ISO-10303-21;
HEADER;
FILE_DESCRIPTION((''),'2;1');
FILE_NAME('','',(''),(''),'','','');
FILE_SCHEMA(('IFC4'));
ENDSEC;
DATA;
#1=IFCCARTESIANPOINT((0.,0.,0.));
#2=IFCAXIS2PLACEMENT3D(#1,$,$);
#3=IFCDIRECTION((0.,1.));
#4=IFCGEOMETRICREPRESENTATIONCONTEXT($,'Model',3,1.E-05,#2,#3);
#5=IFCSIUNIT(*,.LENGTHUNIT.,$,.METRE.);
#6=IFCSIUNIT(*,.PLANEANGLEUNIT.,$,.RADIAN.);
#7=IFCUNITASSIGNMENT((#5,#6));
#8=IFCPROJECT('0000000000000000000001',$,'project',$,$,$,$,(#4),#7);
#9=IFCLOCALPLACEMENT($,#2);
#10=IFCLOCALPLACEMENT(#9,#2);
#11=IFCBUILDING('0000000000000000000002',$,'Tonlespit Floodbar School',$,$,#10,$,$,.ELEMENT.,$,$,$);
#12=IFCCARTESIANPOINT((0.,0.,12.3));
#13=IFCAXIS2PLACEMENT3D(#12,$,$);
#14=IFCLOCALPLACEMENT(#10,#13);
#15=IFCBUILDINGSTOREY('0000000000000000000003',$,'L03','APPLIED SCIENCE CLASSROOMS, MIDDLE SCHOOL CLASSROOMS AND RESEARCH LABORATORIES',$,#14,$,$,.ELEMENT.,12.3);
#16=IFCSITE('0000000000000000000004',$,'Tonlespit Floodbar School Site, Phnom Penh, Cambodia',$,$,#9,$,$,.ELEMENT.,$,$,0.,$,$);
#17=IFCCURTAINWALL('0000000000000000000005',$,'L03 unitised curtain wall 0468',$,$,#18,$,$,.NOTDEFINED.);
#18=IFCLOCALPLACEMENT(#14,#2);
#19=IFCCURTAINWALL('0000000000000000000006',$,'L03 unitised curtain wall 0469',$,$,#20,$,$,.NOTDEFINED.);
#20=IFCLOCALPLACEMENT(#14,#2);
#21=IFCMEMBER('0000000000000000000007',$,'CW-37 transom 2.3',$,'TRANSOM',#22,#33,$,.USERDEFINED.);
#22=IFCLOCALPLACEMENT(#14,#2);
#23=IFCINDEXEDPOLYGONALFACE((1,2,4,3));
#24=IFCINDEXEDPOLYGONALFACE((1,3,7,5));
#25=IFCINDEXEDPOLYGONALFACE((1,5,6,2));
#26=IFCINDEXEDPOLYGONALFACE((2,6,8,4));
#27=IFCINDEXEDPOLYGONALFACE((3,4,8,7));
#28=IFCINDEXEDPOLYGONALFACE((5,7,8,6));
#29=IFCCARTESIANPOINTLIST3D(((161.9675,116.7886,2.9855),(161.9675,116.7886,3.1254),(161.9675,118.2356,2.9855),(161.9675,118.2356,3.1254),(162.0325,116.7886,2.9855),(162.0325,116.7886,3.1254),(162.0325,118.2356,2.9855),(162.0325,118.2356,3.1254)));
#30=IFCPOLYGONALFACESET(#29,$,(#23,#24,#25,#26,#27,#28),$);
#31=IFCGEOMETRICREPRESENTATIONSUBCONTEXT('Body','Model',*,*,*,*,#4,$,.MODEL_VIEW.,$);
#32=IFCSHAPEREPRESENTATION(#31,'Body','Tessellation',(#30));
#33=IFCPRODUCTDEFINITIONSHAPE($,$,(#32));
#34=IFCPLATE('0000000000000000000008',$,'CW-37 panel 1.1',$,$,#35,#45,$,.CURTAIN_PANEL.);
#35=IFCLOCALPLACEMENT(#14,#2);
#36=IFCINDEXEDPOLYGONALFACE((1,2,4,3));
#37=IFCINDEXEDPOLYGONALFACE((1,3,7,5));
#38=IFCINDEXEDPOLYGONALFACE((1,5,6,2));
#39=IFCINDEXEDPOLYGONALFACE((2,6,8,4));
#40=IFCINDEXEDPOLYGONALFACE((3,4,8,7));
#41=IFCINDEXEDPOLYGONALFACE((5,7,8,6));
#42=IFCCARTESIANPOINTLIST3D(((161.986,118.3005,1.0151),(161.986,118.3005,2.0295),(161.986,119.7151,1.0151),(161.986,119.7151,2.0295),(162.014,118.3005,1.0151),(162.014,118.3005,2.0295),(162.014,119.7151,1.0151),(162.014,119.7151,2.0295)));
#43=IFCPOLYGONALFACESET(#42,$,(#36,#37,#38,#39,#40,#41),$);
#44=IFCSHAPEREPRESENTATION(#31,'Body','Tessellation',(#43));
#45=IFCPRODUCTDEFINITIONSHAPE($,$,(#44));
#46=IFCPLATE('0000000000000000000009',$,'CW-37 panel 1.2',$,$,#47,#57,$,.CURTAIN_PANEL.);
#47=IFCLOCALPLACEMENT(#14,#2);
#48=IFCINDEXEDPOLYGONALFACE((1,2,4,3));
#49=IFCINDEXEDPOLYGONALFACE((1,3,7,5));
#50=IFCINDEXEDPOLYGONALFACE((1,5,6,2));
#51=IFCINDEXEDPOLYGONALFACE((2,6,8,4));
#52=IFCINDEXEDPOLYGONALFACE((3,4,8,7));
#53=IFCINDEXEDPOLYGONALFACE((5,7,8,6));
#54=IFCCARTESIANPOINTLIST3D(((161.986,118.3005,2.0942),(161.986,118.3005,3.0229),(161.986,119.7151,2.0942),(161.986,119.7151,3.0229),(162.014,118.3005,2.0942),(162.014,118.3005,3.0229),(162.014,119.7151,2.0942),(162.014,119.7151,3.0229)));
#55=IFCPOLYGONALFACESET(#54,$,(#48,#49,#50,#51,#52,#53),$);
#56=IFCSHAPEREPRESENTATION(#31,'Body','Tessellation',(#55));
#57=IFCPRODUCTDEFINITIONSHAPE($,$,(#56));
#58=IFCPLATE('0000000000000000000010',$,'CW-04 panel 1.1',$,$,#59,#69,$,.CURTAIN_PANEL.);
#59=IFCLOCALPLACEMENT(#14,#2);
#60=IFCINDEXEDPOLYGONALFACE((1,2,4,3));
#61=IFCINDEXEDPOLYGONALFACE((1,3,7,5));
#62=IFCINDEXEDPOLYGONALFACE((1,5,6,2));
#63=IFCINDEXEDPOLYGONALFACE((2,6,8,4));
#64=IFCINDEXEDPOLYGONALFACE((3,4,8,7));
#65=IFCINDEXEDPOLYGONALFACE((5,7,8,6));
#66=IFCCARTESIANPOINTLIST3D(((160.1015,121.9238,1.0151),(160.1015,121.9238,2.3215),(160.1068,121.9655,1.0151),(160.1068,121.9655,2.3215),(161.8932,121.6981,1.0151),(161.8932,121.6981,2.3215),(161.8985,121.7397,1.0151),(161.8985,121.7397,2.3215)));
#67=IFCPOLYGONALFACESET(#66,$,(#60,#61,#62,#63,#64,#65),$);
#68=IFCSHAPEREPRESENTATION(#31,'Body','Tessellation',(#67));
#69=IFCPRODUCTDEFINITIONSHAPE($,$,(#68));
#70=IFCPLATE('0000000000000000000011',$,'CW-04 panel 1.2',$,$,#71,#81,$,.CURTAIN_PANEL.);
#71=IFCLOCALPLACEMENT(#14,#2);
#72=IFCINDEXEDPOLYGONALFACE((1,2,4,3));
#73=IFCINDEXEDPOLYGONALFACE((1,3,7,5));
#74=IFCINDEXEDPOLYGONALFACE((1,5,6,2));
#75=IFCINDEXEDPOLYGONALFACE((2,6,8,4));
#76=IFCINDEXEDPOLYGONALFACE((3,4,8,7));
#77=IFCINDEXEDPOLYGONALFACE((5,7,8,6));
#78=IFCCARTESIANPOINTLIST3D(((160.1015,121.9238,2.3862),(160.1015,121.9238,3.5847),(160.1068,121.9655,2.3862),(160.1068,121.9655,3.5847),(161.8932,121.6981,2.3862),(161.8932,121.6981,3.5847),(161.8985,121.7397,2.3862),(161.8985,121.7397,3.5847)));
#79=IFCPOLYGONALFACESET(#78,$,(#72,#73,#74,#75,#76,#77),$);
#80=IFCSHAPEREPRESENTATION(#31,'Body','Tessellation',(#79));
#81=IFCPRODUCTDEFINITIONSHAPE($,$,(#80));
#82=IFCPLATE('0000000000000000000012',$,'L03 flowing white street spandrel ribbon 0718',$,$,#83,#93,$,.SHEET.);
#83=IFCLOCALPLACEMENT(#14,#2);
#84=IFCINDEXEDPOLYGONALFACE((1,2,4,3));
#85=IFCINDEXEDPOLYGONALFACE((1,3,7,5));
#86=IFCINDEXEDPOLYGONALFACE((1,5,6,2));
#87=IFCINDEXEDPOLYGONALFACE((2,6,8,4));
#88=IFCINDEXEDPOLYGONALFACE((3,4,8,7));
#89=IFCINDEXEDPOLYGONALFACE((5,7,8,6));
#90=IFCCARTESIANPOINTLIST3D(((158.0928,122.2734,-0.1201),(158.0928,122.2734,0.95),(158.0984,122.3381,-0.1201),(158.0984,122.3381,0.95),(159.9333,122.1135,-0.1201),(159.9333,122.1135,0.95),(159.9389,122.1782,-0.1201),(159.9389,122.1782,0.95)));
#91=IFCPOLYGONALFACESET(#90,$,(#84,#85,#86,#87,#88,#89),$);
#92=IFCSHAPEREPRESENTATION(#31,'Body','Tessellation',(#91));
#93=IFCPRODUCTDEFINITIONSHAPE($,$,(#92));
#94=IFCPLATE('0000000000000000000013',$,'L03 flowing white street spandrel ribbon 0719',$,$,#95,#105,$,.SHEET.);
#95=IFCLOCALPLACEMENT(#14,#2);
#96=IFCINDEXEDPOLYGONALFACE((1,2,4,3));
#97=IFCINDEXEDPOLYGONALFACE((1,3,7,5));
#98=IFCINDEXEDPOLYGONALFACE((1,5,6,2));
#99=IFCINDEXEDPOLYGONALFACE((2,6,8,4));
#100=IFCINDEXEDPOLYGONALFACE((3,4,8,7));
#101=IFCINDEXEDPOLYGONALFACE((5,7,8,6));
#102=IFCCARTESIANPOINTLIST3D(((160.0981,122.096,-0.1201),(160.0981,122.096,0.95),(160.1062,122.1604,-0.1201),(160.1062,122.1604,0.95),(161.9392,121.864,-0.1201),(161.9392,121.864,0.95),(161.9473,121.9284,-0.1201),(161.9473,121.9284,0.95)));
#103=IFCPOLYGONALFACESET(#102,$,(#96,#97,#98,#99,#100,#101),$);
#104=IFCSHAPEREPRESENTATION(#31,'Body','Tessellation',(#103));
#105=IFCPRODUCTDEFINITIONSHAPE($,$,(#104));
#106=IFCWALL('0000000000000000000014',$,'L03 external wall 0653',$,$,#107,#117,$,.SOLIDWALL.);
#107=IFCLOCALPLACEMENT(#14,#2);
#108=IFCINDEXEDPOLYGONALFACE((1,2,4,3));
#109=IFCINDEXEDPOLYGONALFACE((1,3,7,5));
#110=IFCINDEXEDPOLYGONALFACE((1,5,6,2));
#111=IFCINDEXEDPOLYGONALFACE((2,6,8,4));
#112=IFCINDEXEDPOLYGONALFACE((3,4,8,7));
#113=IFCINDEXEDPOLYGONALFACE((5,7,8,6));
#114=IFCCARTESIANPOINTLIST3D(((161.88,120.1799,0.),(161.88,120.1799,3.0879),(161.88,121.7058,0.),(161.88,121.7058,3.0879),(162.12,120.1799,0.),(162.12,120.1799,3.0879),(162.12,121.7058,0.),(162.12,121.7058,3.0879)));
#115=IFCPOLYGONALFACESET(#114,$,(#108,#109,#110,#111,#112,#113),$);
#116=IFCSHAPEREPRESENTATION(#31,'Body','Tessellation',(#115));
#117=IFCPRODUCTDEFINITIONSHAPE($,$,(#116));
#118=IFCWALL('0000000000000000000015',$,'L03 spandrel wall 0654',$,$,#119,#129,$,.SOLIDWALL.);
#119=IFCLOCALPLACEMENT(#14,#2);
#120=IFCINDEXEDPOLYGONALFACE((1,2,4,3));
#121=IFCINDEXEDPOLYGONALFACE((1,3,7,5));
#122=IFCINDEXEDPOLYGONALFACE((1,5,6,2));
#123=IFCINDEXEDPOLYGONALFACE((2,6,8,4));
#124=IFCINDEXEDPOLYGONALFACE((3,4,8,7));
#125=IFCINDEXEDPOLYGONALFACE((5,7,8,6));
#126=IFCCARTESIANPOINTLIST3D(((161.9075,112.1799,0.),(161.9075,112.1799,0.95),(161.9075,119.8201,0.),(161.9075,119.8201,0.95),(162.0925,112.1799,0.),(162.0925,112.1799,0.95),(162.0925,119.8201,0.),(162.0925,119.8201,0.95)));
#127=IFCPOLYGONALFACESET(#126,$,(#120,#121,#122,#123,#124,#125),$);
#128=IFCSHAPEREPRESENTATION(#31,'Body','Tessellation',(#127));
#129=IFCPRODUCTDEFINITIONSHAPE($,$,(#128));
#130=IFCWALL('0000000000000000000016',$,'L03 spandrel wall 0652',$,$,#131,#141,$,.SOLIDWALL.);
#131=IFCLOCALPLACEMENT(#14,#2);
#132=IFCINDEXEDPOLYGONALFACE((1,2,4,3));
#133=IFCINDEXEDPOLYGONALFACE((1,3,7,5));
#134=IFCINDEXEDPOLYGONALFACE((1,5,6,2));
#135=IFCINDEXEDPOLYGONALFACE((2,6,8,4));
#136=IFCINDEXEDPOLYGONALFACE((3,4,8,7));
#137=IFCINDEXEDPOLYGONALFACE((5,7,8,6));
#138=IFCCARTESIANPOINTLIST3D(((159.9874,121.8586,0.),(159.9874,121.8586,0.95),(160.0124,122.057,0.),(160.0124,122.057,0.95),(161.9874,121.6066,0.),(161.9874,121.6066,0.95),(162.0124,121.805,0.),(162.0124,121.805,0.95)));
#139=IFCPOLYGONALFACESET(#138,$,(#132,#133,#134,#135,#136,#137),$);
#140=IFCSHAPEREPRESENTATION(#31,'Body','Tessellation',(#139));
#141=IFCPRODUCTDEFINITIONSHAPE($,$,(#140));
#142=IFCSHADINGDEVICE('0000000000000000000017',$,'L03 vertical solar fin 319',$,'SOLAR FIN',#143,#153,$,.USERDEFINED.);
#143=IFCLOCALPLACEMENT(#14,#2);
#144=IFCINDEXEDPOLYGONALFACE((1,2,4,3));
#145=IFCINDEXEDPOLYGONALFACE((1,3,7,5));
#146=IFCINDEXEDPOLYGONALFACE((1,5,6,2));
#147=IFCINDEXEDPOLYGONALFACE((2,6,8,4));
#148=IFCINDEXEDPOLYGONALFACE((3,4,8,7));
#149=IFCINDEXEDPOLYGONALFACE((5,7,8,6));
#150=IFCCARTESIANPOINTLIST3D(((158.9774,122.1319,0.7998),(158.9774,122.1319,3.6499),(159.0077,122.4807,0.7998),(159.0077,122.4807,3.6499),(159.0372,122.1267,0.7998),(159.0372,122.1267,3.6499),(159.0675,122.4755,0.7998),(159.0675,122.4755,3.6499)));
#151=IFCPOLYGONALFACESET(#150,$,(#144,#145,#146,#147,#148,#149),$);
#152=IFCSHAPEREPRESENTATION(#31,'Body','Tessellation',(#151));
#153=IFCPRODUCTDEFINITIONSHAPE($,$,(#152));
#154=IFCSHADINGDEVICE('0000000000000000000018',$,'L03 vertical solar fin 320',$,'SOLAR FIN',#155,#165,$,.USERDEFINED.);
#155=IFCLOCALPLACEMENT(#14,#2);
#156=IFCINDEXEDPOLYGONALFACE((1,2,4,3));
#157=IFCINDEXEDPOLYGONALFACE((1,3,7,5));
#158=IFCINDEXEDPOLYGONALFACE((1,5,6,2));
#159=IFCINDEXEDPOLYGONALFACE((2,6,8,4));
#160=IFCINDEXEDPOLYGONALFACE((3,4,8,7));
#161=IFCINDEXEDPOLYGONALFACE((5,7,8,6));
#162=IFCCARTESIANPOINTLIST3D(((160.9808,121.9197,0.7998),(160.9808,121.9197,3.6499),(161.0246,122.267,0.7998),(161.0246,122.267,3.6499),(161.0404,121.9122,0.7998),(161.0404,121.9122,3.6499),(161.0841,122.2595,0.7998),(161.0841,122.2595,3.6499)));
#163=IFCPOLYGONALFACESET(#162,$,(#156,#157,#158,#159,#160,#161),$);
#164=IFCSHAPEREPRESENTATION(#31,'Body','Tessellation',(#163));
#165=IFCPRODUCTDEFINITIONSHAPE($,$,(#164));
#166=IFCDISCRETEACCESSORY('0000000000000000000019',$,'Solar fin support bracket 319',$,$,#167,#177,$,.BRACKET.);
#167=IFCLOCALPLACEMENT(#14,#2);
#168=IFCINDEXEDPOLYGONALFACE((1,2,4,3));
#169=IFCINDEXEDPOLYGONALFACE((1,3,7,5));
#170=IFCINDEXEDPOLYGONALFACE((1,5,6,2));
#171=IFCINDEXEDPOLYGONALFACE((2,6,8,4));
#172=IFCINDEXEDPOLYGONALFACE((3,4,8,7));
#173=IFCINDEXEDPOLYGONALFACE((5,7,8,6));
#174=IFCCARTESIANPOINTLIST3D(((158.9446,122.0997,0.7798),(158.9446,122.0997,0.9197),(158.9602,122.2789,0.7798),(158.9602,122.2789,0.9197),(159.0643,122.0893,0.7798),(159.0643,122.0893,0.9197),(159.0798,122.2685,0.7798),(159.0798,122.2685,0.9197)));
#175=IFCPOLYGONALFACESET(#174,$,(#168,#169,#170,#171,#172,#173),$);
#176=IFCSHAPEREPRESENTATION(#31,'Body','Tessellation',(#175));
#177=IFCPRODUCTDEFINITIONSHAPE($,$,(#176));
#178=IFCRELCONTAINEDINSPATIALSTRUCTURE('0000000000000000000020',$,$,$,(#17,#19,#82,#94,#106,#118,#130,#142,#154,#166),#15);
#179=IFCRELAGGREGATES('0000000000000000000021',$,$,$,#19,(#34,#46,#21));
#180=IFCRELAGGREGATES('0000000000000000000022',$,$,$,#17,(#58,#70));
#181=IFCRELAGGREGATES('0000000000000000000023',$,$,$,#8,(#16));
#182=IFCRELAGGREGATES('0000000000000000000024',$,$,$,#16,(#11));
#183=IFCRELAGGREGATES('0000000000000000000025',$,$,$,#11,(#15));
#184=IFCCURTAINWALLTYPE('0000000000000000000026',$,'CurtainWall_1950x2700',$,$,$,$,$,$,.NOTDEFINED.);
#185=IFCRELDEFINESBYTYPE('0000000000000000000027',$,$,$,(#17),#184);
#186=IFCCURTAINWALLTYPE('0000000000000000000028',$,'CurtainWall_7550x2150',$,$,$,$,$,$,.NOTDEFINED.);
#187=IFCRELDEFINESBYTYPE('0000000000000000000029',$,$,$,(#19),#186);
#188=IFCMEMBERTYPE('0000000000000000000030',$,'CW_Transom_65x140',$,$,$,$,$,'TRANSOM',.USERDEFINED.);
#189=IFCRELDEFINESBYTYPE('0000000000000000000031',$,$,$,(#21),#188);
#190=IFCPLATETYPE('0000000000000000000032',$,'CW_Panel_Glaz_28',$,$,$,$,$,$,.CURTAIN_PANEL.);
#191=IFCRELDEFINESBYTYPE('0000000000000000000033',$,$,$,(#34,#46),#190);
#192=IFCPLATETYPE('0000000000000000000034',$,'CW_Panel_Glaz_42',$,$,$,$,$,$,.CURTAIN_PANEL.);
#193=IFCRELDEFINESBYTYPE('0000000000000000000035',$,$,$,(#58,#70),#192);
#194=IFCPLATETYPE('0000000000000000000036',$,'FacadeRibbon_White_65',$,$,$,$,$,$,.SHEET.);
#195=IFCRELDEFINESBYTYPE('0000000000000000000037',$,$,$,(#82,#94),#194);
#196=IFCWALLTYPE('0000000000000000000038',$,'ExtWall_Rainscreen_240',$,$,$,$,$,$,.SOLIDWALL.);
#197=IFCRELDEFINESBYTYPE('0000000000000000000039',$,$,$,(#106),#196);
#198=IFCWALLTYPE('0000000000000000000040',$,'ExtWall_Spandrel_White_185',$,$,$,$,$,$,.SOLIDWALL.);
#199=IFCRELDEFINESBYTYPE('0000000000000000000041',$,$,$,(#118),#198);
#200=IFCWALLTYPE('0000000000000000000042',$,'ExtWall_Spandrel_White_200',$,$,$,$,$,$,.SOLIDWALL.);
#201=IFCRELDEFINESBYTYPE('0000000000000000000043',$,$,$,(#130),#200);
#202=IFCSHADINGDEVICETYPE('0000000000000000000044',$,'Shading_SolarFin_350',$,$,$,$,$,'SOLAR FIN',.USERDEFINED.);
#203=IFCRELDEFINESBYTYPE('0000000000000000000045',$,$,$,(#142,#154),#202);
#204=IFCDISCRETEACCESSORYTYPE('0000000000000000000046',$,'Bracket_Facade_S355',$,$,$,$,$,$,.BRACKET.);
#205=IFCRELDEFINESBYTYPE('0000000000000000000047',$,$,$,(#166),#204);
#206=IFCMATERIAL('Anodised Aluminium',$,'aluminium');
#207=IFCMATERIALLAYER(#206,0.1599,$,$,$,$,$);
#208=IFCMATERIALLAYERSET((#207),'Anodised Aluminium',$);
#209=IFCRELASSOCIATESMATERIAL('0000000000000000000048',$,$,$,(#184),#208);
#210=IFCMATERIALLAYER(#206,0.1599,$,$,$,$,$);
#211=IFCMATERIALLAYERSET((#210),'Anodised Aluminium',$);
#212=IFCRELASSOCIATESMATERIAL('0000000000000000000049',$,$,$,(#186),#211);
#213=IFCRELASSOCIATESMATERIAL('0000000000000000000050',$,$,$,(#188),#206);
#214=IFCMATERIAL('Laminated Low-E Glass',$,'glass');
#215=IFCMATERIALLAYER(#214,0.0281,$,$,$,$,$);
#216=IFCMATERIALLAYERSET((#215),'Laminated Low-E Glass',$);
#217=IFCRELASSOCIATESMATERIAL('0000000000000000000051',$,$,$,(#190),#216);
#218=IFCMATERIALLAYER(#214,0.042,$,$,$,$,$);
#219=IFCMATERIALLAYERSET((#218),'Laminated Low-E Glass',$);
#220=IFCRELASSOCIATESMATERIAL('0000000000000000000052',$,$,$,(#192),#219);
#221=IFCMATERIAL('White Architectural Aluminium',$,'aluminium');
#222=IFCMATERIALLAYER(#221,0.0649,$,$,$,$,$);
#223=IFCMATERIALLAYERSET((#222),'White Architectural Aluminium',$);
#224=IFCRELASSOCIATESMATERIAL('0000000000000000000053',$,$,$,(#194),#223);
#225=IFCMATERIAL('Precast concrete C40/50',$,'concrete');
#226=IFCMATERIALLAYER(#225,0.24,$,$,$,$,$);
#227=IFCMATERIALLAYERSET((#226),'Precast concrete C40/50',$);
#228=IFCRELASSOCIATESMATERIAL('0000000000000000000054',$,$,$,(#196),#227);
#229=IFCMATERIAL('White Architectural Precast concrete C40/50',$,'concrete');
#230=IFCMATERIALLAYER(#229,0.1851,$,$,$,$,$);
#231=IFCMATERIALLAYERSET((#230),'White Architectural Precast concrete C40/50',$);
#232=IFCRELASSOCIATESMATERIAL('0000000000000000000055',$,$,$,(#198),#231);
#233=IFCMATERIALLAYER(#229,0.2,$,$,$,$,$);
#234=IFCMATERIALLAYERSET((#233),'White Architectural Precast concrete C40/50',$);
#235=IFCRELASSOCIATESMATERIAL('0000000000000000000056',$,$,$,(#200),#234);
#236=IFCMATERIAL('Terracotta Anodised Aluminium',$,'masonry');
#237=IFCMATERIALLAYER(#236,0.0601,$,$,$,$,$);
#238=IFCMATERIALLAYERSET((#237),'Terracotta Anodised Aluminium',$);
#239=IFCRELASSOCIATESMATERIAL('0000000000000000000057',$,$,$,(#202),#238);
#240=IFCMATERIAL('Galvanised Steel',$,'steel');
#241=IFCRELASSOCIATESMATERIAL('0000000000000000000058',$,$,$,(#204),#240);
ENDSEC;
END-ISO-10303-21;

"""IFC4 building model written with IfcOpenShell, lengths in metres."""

from ifc_helpers import new_model, si_unit, direction, frame, frame_2d, origin, origin_2d, place, context, subcontext, project, spatial, rectangle, extrude, material, layer, layer_set, material_profile, profile_set, type_object, element, aggregate, save


model = new_model("IFC4")

# Units and contexts
model_context = context("Model", 3, precision=1e-05, world=origin(), true_north=direction((0.0, 1.0)))
body_context = subcontext(model_context, "Body", "Model", "MODEL_VIEW")
ifc_project = project(units=[si_unit("LENGTHUNIT", "METRE"), si_unit("PLANEANGLEUNIT", "RADIAN")], contexts=[model_context])

# Site, building, storey
site_placement = place(None, origin())
site = spatial("IfcSite", under=ifc_project, at=site_placement, Name="Tonlespit Floodbar School Site, Phnom Penh, Cambodia", CompositionType="ELEMENT", RefElevation=0.0)
building_placement = place(site_placement, origin())
building = spatial("IfcBuilding", under=site, at=building_placement, Name="Tonlespit Floodbar School", CompositionType="ELEMENT")
storey_placement = place(building_placement, frame((0.0, 0.0, 12.3)))
storey = spatial("IfcBuildingStorey", under=building, at=storey_placement, Name="L03", Description="APPLIED SCIENCE CLASSROOMS, MIDDLE SCHOOL CLASSROOMS AND RESEARCH LABORATORIES", CompositionType="ELEMENT", Elevation=12.3)

# Curtain wall
ifc_material_1 = material(Name="Anodised Aluminium", Category="aluminium")
ifc_layer_1 = layer(ifc_material_1, 0.1599)
ifc_layer_set_1 = layer_set([ifc_layer_1], Name="Anodised Aluminium")
curtain_wall_type_1 = type_object("IfcCurtainWallType", Name="CurtainWall_1950x2700", PredefinedType="NOTDEFINED", material=ifc_layer_set_1)
curtain_wall_1_placement = place(storey_placement, origin())
curtain_wall_1 = element("IfcCurtainWall", 1, at=curtain_wall_1_placement, inside=storey, type_object=curtain_wall_type_1, Name="L03 unitised curtain wall 0468", PredefinedType="NOTDEFINED")

# Curtain wall
ifc_layer_2 = layer(ifc_material_1, 0.1599)
ifc_layer_set_2 = layer_set([ifc_layer_2], Name="Anodised Aluminium")
curtain_wall_type_2 = type_object("IfcCurtainWallType", Name="CurtainWall_7550x2150", PredefinedType="NOTDEFINED", material=ifc_layer_set_2)
curtain_wall_2_placement = place(storey_placement, origin())
curtain_wall_2 = element("IfcCurtainWall", 2, at=curtain_wall_2_placement, inside=storey, type_object=curtain_wall_type_2, Name="L03 unitised curtain wall 0469", PredefinedType="NOTDEFINED")

# Member
ifc_material_profile_1 = material_profile(ifc_material_1, rectangle(XDim=0.0649, YDim=0.1399, at=origin_2d()), Name="ALU T65x140")
ifc_profile_set_1 = profile_set([ifc_material_profile_1], Name="Anodised Aluminium")
member_type_1 = type_object("IfcMemberType", Name="CW_Transom_65x140", ElementType="TRANSOM", PredefinedType="USERDEFINED", material=ifc_profile_set_1)
member_1_placement = place(storey_placement, frame((162.0, 118.2356, 3.0554), z_axis=(0.0, -1.0, 0.0), x_axis=(1.0, 0.0, 0.0)))
member_1 = element("IfcMember", 3, at=member_1_placement, type_object=member_type_1, Name="CW-37 transom 2.3", ObjectType="TRANSOM", PredefinedType="USERDEFINED", context=body_context, shape_type="SweptSolid", body=[
    extrude(rectangle(XDim=0.0649, YDim=0.1399, at=origin_2d()), origin(), (0.0, 0.0, 1.0), 1.447),
])

# Plates
ifc_material_2 = material(Name="Laminated Low-E Glass", Category="glass")
ifc_layer_3 = layer(ifc_material_2, 0.0281)
ifc_layer_set_3 = layer_set([ifc_layer_3], Name="Laminated Low-E Glass")
plate_type_1 = type_object("IfcPlateType", Name="CW_Panel_Glaz_28", PredefinedType="CURTAIN_PANEL", material=ifc_layer_set_3)
plate_1_placement = place(storey_placement, frame((162.0, 119.0078, 1.0151), z_axis=(0.0, 0.0, 1.0), x_axis=(0.0, -1.0, 0.0)))
plate_1 = element("IfcPlate", 4, at=plate_1_placement, type_object=plate_type_1, Name="CW-37 panel 1.1", PredefinedType="CURTAIN_PANEL", context=body_context, shape_type="SweptSolid", body=[
    extrude(rectangle(XDim=1.4146, YDim=0.0281, at=origin_2d()), origin(), (0.0, 0.0, 1.0), 1.0144),
])
plate_2_placement = place(storey_placement, frame((162.0, 119.0078, 2.0942), z_axis=(0.0, 0.0, 1.0), x_axis=(0.0, -1.0, 0.0)))
plate_2 = element("IfcPlate", 5, at=plate_2_placement, type_object=plate_type_1, Name="CW-37 panel 1.2", PredefinedType="CURTAIN_PANEL", context=body_context, shape_type="SweptSolid", body=[
    extrude(rectangle(XDim=1.4146, YDim=0.0281, at=origin_2d()), origin(), (0.0, 0.0, 1.0), 0.9287),
])
aggregate(curtain_wall_2, [plate_1, plate_2, member_1])
ifc_layer_4 = layer(ifc_material_2, 0.042)
ifc_layer_set_4 = layer_set([ifc_layer_4], Name="Laminated Low-E Glass")
plate_type_2 = type_object("IfcPlateType", Name="CW_Panel_Glaz_42", PredefinedType="CURTAIN_PANEL", material=ifc_layer_set_4)
plate_3_placement = place(storey_placement, frame((161.0, 121.8318, 1.0151), z_axis=(0.0, 0.0, 1.0), x_axis=(0.992155, -0.125014, 0.0)))
plate_3 = element("IfcPlate", 6, at=plate_3_placement, type_object=plate_type_2, Name="CW-04 panel 1.1", PredefinedType="CURTAIN_PANEL", context=body_context, shape_type="SweptSolid", body=[
    extrude(rectangle(XDim=1.8059, YDim=0.042, at=origin_2d()), origin(), (0.0, 0.0, 1.0), 1.3064),
])
plate_4_placement = place(storey_placement, frame((161.0, 121.8318, 2.3862), z_axis=(0.0, 0.0, 1.0), x_axis=(0.992155, -0.125014, 0.0)))
plate_4 = element("IfcPlate", 7, at=plate_4_placement, type_object=plate_type_2, Name="CW-04 panel 1.2", PredefinedType="CURTAIN_PANEL", context=body_context, shape_type="SweptSolid", body=[
    extrude(rectangle(XDim=1.8059, YDim=0.042, at=origin_2d()), origin(), (0.0, 0.0, 1.0), 1.1985),
])
aggregate(curtain_wall_1, [plate_3, plate_4])

# Plates
ifc_material_3 = material(Name="White Architectural Aluminium", Category="aluminium")
ifc_layer_5 = layer(ifc_material_3, 0.0649)
ifc_layer_set_5 = layer_set([ifc_layer_5], Name="White Architectural Aluminium")
plate_type_3 = type_object("IfcPlateType", Name="FacadeRibbon_White_65", PredefinedType="SHEET", material=ifc_layer_set_5)
plate_5_placement = place(storey_placement, frame((159.0159, 122.2258, -0.1201), z_axis=(0.0, 0.0, 1.0), x_axis=(0.996245, -0.086573, 0.0)))
element("IfcPlate", 8, at=plate_5_placement, inside=storey, type_object=plate_type_3, Name="L03 flowing white street spandrel ribbon 0718", PredefinedType="SHEET", context=body_context, shape_type="SweptSolid", body=[
    extrude(rectangle(XDim=1.8474, YDim=0.0649, at=origin_2d()), origin(), (0.0, 0.0, 1.0), 1.0701),
])
plate_6_placement = place(storey_placement, frame((161.0227, 122.0122, -0.1201), z_axis=(0.0, 0.0, 1.0), x_axis=(0.992155, -0.125011, 0.0)))
element("IfcPlate", 9, at=plate_6_placement, inside=storey, type_object=plate_type_3, Name="L03 flowing white street spandrel ribbon 0719", PredefinedType="SHEET", context=body_context, shape_type="SweptSolid", body=[
    extrude(rectangle(XDim=1.8557, YDim=0.0649, at=origin_2d()), origin(), (0.0, 0.0, 1.0), 1.0701),
])

# Walls
ifc_material_4 = material(Name="Precast concrete C40/50", Category="concrete")
ifc_layer_6 = layer(ifc_material_4, 0.24)
ifc_layer_set_6 = layer_set([ifc_layer_6], Name="Precast concrete C40/50")
wall_type_1 = type_object("IfcWallType", Name="ExtWall_Rainscreen_240", PredefinedType="SOLIDWALL", material=ifc_layer_set_6)
wall_1_placement = place(storey_placement, frame((162.0, 121.7058, 0.0), z_axis=(0.0, 0.0, 1.0), x_axis=(0.0, -1.0, 0.0)))
element("IfcWall", 10, at=wall_1_placement, inside=storey, type_object=wall_type_1, Name="L03 external wall 0653", PredefinedType="SOLIDWALL", context=body_context, shape_type="SweptSolid", body=[
    extrude(rectangle(XDim=1.5259, YDim=0.24, at=frame_2d((0.7629, 0.0))), origin(), (0.0, 0.0, 1.0), 3.0879),
])
ifc_material_5 = material(Name="White Architectural Precast concrete C40/50", Category="concrete")
ifc_layer_7 = layer(ifc_material_5, 0.1851)
ifc_layer_set_7 = layer_set([ifc_layer_7], Name="White Architectural Precast concrete C40/50")
wall_type_2 = type_object("IfcWallType", Name="ExtWall_Spandrel_White_185", PredefinedType="SOLIDWALL", material=ifc_layer_set_7)
wall_2_placement = place(storey_placement, frame((162.0, 119.8201, 0.0), z_axis=(0.0, 0.0, 1.0), x_axis=(0.0, -1.0, 0.0)))
element("IfcWall", 11, at=wall_2_placement, inside=storey, type_object=wall_type_2, Name="L03 spandrel wall 0654", PredefinedType="SOLIDWALL", context=body_context, shape_type="SweptSolid", body=[
    extrude(rectangle(XDim=7.6401, YDim=0.1851, at=frame_2d((3.8201, 0.0))), origin(), (0.0, 0.0, 1.0), 0.95),
])
ifc_layer_8 = layer(ifc_material_5, 0.2)
ifc_layer_set_8 = layer_set([ifc_layer_8], Name="White Architectural Precast concrete C40/50")
wall_type_3 = type_object("IfcWallType", Name="ExtWall_Spandrel_White_200", PredefinedType="SOLIDWALL", material=ifc_layer_set_8)
wall_3_placement = place(storey_placement, frame((160.0, 121.9578, 0.0), z_axis=(0.0, 0.0, 1.0), x_axis=(0.992158, -0.124989, 0.0)))
element("IfcWall", 12, at=wall_3_placement, inside=storey, type_object=wall_type_3, Name="L03 spandrel wall 0652", PredefinedType="SOLIDWALL", context=body_context, shape_type="SweptSolid", body=[
    extrude(rectangle(XDim=2.0159, YDim=0.2, at=frame_2d((1.0078, 0.0))), origin(), (0.0, 0.0, 1.0), 0.95),
])

# Shared definitions
ifc_material_6 = material(Name="Galvanised Steel", Category="steel")

# Shading devices
ifc_material_7 = material(Name="Terracotta Anodised Aluminium", Category="masonry")
ifc_layer_9 = layer(ifc_material_7, 0.0601)
ifc_layer_set_9 = layer_set([ifc_layer_9], Name="Terracotta Anodised Aluminium")
shading_device_type = type_object("IfcShadingDeviceType", Name="Shading_SolarFin_350", ElementType="SOLAR FIN", PredefinedType="USERDEFINED", material=ifc_layer_set_9)
for number, where, z_axis, x_axis, name in (
    (13, (159.0225, 122.3037, 0.7998), (0.0, 0.0, 1.0), (0.996245, -0.086573, 0.0), "L03 vertical solar fin 319"),
    (14, (161.0325, 122.0896, 0.7998), (0.0, 0.0, 1.0), (0.992155, -0.125011, 0.0), "L03 vertical solar fin 320"),
):
    element("IfcShadingDevice", number, at=place(storey_placement, frame(where, z_axis=z_axis, x_axis=x_axis)), inside=storey, type_object=shading_device_type, Name=name, ObjectType="SOLAR FIN", PredefinedType="USERDEFINED", context=body_context, shape_type="SweptSolid", body=[
        extrude(rectangle(XDim=0.0601, YDim=0.3501, at=origin_2d()), origin(), (0.0, 0.0, 1.0), 2.8501),
    ])

# Discrete accessory
discrete_accessory_type = type_object("IfcDiscreteAccessoryType", Name="Bracket_Facade_S355", PredefinedType="BRACKET", material=ifc_material_6)
discrete_accessory_1_placement = place(storey_placement, frame((159.0122, 122.1841, 0.7798), z_axis=(0.0, 0.0, 1.0), x_axis=(0.996245, -0.086573, 0.0)))
element("IfcDiscreteAccessory", 15, at=discrete_accessory_1_placement, inside=storey, type_object=discrete_accessory_type, Name="Solar fin support bracket 319", PredefinedType="BRACKET", context=body_context, shape_type="SweptSolid", body=[
    extrude(rectangle(XDim=0.1201, YDim=0.1799, at=origin_2d()), origin(), (0.0, 0.0, 1.0), 0.1399),
])

save(model, "model.ifc")
